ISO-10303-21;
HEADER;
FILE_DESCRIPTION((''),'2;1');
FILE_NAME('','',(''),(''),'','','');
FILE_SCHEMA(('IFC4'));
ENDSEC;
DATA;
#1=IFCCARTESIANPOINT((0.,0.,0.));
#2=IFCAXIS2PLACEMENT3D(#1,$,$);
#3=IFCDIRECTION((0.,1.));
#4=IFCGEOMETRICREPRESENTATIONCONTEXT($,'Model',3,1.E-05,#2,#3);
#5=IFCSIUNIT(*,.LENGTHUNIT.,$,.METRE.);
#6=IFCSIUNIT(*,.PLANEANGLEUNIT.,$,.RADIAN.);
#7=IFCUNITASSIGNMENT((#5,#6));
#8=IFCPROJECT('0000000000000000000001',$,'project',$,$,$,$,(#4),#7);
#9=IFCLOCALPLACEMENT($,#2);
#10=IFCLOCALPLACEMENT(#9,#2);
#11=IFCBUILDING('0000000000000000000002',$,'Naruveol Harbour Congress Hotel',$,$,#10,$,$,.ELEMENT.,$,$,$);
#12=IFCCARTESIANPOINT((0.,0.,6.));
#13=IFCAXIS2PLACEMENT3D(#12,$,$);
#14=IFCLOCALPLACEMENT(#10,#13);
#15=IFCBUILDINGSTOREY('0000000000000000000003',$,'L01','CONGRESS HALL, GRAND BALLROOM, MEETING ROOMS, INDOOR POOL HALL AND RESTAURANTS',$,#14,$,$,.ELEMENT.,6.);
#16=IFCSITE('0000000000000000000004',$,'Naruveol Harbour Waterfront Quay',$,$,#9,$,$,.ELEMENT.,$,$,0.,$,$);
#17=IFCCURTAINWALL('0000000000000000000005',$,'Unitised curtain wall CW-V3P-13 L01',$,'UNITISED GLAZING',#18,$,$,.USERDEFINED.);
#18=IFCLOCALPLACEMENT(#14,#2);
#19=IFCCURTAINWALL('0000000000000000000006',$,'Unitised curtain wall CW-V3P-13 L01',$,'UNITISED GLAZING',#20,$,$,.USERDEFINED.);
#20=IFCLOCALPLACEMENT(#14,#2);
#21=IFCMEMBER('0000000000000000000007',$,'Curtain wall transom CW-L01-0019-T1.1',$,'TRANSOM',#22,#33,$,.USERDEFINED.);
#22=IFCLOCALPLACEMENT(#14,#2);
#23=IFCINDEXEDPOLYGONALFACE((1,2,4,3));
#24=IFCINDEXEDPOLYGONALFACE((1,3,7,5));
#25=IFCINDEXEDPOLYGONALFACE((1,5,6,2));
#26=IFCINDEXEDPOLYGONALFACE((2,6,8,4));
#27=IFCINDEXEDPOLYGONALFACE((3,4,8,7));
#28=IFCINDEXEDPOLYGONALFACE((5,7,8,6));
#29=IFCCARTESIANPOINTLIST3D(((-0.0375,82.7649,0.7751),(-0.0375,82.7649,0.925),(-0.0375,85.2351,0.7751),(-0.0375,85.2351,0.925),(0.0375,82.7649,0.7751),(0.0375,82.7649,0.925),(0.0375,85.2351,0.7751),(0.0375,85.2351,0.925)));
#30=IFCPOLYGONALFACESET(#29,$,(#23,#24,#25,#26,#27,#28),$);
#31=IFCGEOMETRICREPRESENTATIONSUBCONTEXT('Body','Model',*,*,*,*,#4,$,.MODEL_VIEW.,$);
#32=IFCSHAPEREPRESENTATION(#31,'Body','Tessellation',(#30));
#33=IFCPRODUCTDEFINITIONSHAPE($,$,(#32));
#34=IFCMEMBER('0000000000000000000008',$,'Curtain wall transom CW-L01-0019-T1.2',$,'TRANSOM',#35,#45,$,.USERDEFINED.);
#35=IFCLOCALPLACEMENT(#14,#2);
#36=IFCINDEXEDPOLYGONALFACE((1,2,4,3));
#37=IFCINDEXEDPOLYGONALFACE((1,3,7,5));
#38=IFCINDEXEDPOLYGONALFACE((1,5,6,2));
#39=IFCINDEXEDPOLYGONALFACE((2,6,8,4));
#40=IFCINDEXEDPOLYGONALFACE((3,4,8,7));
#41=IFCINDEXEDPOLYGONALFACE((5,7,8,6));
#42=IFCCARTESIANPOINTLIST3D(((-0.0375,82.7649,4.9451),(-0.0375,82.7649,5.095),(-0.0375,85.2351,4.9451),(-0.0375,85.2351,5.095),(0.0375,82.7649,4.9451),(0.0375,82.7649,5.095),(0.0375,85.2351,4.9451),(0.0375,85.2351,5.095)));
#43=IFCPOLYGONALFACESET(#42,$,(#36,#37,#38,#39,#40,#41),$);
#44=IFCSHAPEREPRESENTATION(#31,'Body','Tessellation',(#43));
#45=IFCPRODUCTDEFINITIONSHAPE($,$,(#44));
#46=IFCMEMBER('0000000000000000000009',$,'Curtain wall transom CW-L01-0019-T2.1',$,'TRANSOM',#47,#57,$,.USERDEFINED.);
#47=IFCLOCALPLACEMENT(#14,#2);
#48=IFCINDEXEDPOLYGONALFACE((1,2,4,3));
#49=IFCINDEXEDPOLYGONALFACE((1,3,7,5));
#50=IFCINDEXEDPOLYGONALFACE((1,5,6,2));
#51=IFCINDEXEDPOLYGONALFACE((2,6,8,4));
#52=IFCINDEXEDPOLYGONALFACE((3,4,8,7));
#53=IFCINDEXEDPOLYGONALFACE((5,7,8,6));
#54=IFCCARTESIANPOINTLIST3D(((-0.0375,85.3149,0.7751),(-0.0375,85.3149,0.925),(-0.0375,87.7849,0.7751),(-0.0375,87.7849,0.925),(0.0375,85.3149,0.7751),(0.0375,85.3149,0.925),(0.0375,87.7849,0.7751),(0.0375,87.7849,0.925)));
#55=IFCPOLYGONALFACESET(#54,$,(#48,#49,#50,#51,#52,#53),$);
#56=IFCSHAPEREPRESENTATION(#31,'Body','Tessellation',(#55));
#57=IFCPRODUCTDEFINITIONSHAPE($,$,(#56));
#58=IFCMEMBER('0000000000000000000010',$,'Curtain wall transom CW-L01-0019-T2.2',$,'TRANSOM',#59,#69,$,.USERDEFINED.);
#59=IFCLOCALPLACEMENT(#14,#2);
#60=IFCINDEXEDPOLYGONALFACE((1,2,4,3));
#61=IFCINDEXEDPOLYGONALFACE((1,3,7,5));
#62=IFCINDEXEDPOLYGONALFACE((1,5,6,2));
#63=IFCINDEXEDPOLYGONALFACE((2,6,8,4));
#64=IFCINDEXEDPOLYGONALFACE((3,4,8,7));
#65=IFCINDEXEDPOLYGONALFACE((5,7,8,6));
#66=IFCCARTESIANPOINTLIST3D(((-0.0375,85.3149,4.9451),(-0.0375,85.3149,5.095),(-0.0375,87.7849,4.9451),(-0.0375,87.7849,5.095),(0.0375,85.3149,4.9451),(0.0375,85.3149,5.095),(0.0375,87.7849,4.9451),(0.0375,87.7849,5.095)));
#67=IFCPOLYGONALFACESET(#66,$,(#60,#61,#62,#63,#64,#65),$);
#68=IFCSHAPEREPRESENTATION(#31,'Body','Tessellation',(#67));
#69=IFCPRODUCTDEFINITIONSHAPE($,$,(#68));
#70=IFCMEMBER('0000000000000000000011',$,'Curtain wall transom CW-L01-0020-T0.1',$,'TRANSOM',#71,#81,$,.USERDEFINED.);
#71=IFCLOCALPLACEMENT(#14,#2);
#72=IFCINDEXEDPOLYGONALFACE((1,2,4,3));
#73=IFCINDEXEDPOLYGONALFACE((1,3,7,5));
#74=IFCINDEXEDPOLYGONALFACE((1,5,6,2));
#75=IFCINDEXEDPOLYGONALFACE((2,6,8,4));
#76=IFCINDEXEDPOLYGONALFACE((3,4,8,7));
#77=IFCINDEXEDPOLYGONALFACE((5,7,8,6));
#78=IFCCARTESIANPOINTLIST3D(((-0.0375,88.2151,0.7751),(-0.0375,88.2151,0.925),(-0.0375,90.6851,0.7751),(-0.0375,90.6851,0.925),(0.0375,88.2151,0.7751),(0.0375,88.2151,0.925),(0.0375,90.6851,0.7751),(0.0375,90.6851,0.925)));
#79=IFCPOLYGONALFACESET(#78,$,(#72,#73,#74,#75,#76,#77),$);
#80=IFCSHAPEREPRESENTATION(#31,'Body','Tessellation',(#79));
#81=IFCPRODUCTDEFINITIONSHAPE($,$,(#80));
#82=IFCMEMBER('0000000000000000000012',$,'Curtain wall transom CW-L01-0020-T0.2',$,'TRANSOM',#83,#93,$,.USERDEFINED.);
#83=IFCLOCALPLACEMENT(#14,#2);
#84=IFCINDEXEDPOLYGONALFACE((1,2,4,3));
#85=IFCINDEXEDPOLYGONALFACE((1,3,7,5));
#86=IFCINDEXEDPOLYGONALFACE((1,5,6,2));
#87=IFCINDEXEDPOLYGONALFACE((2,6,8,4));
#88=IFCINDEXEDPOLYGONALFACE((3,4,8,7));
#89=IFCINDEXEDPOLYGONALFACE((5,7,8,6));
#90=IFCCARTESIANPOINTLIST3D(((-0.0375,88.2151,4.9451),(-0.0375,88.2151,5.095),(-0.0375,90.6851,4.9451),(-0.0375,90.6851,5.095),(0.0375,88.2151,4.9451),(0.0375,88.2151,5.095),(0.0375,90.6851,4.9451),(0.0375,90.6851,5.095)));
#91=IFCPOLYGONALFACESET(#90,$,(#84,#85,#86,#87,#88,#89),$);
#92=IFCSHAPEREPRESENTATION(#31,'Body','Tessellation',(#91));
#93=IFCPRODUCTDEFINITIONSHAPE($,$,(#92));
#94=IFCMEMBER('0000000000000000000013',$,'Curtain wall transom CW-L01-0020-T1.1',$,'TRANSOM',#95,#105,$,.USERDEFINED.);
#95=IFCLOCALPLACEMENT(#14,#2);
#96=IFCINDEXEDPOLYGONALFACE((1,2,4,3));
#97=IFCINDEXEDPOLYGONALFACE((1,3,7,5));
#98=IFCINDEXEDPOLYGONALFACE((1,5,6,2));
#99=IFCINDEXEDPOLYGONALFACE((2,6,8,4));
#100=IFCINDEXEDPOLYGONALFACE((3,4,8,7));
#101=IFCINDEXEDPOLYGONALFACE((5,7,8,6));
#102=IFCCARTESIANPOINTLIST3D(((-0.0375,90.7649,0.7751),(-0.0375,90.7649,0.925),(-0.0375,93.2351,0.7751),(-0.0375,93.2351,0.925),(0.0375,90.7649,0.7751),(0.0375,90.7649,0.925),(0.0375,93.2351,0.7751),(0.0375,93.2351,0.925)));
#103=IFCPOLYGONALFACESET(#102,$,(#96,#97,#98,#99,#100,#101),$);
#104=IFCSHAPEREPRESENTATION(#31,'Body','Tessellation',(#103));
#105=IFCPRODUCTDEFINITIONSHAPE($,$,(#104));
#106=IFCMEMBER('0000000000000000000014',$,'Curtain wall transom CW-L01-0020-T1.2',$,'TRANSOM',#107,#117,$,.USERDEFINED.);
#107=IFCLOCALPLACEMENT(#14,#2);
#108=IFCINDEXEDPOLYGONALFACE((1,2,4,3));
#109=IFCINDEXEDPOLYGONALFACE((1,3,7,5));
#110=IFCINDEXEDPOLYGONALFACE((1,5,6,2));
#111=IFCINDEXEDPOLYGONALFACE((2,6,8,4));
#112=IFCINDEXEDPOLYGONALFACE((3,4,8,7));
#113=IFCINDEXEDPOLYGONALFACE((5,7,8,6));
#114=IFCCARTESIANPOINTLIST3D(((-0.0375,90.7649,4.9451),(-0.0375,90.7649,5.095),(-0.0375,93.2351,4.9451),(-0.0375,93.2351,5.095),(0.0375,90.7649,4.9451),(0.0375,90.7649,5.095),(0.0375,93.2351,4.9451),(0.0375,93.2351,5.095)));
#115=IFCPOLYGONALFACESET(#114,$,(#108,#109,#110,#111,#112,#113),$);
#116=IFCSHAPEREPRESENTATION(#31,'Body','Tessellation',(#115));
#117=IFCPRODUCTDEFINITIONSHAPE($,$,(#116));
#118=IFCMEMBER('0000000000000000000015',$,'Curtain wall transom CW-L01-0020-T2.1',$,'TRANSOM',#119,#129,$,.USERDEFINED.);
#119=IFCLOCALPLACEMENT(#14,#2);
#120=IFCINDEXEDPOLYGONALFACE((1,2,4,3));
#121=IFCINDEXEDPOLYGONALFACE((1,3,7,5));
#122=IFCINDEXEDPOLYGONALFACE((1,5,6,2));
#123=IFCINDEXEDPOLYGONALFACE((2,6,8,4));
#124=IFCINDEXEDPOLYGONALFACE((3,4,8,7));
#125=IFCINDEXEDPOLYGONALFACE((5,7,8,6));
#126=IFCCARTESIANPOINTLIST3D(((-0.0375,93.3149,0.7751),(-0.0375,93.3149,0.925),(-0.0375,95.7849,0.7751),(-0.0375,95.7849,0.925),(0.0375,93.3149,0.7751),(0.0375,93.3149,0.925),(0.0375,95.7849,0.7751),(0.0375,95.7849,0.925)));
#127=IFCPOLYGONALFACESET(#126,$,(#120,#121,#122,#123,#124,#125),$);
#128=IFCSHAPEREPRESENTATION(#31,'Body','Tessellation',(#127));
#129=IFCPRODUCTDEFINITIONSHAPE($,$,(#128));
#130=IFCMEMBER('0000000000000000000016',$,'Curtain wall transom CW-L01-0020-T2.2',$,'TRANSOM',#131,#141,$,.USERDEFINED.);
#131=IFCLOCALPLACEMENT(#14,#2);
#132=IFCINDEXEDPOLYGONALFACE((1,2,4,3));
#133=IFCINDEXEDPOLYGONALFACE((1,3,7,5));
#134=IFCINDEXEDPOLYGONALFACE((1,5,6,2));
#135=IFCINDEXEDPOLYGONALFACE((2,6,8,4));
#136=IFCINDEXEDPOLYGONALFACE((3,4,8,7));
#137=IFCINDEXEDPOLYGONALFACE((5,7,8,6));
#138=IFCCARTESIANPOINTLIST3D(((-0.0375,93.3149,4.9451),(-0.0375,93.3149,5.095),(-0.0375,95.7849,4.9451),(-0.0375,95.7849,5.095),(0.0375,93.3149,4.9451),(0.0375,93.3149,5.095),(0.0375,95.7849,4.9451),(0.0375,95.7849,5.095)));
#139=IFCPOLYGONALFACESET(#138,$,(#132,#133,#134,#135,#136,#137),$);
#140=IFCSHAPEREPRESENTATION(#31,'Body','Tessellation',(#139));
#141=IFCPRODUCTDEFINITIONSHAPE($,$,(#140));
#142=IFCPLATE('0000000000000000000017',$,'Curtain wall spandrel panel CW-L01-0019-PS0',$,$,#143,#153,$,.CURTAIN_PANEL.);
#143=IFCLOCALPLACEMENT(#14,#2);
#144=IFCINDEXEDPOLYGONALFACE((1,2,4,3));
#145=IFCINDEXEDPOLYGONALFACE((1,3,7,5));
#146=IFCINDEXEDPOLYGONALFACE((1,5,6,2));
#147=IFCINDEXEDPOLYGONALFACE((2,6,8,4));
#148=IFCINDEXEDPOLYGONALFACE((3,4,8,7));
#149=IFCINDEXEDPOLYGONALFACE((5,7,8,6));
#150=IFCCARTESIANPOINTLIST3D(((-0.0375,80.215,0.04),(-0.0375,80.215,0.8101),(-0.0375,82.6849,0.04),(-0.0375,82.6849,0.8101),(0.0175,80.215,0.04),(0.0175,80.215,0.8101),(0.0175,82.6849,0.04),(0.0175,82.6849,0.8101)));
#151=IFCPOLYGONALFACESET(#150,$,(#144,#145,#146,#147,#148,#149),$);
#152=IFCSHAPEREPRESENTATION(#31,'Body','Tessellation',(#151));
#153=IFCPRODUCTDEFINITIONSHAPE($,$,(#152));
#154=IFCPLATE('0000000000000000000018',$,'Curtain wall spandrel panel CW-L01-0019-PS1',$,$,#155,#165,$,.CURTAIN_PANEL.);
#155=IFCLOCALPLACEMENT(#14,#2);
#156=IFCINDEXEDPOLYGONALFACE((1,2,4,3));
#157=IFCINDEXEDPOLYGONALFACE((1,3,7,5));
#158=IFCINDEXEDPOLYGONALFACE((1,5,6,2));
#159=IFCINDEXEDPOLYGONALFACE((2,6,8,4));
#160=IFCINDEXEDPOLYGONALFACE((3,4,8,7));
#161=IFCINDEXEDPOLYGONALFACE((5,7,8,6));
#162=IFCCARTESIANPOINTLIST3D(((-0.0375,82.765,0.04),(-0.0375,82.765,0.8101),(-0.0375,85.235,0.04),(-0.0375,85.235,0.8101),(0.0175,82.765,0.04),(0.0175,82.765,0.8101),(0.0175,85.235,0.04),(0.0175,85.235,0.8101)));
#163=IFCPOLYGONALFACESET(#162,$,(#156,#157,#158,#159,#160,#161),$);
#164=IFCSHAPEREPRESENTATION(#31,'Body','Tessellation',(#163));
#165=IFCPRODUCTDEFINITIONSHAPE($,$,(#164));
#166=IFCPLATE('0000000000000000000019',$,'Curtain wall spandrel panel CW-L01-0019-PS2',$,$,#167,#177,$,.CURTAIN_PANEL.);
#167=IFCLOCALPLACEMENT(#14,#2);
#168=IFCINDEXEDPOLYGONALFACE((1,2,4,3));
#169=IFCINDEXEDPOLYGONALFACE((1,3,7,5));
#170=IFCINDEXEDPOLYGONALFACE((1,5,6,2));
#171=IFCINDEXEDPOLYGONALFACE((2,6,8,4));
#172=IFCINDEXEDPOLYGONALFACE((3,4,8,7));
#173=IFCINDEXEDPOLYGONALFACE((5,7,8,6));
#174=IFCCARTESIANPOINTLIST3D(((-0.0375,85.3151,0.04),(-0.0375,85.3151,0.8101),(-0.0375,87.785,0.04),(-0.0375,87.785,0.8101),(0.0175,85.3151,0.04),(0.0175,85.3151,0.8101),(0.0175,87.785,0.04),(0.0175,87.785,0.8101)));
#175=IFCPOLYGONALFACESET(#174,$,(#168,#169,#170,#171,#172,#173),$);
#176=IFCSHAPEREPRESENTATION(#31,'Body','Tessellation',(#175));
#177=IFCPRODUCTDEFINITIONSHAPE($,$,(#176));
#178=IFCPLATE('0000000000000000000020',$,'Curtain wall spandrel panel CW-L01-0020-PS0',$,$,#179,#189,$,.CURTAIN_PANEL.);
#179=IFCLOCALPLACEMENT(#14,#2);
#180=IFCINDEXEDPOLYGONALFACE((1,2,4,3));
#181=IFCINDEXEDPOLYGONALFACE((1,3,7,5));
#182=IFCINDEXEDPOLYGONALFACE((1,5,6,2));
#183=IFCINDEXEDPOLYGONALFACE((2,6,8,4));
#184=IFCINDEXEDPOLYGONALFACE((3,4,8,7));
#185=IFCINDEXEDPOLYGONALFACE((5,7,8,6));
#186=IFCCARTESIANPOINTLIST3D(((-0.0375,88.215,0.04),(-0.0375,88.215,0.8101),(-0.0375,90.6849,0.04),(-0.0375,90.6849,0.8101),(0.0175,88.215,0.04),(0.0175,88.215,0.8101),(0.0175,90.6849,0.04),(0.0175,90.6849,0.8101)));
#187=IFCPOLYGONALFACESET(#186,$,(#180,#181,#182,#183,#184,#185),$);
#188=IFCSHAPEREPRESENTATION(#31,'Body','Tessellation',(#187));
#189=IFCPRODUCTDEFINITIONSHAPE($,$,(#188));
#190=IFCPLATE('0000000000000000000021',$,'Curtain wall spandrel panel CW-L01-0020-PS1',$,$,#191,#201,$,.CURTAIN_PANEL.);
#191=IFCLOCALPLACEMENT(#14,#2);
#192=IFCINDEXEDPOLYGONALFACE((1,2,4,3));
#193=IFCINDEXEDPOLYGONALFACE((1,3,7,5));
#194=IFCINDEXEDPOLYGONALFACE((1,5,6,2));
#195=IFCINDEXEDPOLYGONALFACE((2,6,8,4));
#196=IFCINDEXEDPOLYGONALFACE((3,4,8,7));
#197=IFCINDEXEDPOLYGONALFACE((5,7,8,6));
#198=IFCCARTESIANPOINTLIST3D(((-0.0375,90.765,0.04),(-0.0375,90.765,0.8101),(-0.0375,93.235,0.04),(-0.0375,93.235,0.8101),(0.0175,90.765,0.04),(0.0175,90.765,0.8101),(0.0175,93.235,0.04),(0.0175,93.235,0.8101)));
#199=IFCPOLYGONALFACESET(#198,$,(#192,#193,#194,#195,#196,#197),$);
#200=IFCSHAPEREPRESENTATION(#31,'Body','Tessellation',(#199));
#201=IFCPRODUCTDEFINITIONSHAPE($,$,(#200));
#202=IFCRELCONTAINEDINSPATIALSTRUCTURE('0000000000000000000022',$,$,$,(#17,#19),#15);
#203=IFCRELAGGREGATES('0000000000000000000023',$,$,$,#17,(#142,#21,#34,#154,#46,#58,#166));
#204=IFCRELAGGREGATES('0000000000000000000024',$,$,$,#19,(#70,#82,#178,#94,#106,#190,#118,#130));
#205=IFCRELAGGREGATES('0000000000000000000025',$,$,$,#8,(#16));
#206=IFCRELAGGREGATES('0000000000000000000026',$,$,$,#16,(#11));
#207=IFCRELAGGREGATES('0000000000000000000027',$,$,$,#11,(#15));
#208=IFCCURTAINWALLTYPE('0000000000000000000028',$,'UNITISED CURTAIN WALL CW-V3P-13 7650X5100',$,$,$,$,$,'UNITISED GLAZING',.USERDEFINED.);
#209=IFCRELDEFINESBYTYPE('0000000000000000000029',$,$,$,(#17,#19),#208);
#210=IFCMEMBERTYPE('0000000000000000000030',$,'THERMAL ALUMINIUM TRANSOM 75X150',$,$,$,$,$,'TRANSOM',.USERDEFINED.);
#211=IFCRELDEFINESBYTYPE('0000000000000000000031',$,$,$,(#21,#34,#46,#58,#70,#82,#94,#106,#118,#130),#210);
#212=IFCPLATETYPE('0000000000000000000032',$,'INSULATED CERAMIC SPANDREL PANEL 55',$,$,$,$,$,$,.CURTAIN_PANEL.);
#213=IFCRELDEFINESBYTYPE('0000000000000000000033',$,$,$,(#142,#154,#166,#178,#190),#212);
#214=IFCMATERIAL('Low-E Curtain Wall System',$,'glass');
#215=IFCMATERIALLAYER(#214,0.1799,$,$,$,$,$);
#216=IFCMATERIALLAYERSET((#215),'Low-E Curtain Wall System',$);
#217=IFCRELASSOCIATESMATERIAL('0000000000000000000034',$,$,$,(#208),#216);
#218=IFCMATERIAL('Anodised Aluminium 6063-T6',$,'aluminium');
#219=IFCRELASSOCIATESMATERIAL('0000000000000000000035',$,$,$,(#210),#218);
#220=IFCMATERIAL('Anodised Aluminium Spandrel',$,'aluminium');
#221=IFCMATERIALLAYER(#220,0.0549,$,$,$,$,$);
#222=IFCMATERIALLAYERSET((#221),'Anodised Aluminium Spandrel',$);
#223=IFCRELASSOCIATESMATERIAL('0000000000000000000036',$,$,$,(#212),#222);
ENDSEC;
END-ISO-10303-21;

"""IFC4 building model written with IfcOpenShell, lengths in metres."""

from ifc_helpers import new_model, si_unit, direction, frame, origin, origin_2d, place, context, subcontext, project, spatial, rectangle, extrude, material, layer, layer_set, material_profile, profile_set, type_object, element, aggregate, save


model = new_model("IFC4")

# Units and contexts
model_context = context("Model", 3, precision=1e-05, world=origin(), true_north=direction((0.0, 1.0)))
body_context = subcontext(model_context, "Body", "Model", "MODEL_VIEW")
ifc_project = project(units=[si_unit("LENGTHUNIT", "METRE"), si_unit("PLANEANGLEUNIT", "RADIAN")], contexts=[model_context])

# Site, building, storey
site_placement = place(None, origin())
site = spatial("IfcSite", under=ifc_project, at=site_placement, Name="Naruveol Harbour Waterfront Quay", CompositionType="ELEMENT", RefElevation=0.0)
building_placement = place(site_placement, origin())
building = spatial("IfcBuilding", under=site, at=building_placement, Name="Naruveol Harbour Congress Hotel", CompositionType="ELEMENT")
storey_placement = place(building_placement, frame((0.0, 0.0, 6.0)))
storey = spatial("IfcBuildingStorey", under=building, at=storey_placement, Name="L01", Description="CONGRESS HALL, GRAND BALLROOM, MEETING ROOMS, INDOOR POOL HALL AND RESTAURANTS", CompositionType="ELEMENT", Elevation=6.0)

# Curtain walls
ifc_material_1 = material(Name="Low-E Curtain Wall System", Category="glass")
ifc_layer_1 = layer(ifc_material_1, 0.1799)
ifc_layer_set_1 = layer_set([ifc_layer_1], Name="Low-E Curtain Wall System")
curtain_wall_type = type_object("IfcCurtainWallType", Name="UNITISED CURTAIN WALL CW-V3P-13 7650X5100", ElementType="UNITISED GLAZING", PredefinedType="USERDEFINED", material=ifc_layer_set_1)
curtain_wall_1_placement = place(storey_placement, origin())
curtain_wall_1 = element("IfcCurtainWall", 1, at=curtain_wall_1_placement, inside=storey, type_object=curtain_wall_type, Name="Unitised curtain wall CW-V3P-13 L01", ObjectType="UNITISED GLAZING", PredefinedType="USERDEFINED")
curtain_wall_2_placement = place(storey_placement, origin())
curtain_wall_2 = element("IfcCurtainWall", 2, at=curtain_wall_2_placement, inside=storey, type_object=curtain_wall_type, Name="Unitised curtain wall CW-V3P-13 L01", ObjectType="UNITISED GLAZING", PredefinedType="USERDEFINED")

# Members
ifc_material_2 = material(Name="Anodised Aluminium 6063-T6", Category="aluminium")
ifc_material_profile_1 = material_profile(ifc_material_2, rectangle(XDim=0.075, YDim=0.1499, at=origin_2d()), Name="ALU-75x150")
ifc_profile_set_1 = profile_set([ifc_material_profile_1], Name="Anodised Aluminium 6063-T6")
member_type_1 = type_object("IfcMemberType", Name="THERMAL ALUMINIUM TRANSOM 75X150", ElementType="TRANSOM", PredefinedType="USERDEFINED", material=ifc_profile_set_1)
member_1_placement = place(storey_placement, frame((0.0, 82.7649, 0.8501), z_axis=(0.0, 1.0, 0.0), x_axis=(-1.0, 0.0, 0.0)))
member_1 = element("IfcMember", 3, at=member_1_placement, type_object=member_type_1, Name="Curtain wall transom CW-L01-0019-T1.1", ObjectType="TRANSOM", PredefinedType="USERDEFINED", context=body_context, shape_type="SweptSolid", body=[
    extrude(rectangle(XDim=0.075, YDim=0.1499, at=origin_2d()), origin(), (0.0, 0.0, 1.0), 2.4702),
])
member_2_placement = place(storey_placement, frame((0.0, 82.7649, 5.02), z_axis=(0.0, 1.0, 0.0), x_axis=(-1.0, 0.0, 0.0)))
member_2 = element("IfcMember", 4, at=member_2_placement, type_object=member_type_1, Name="Curtain wall transom CW-L01-0019-T1.2", ObjectType="TRANSOM", PredefinedType="USERDEFINED", context=body_context, shape_type="SweptSolid", body=[
    extrude(rectangle(XDim=0.075, YDim=0.1499, at=origin_2d()), origin(), (0.0, 0.0, 1.0), 2.4702),
])
member_3_placement = place(storey_placement, frame((0.0, 85.3149, 0.8501), z_axis=(0.0, 1.0, 0.0), x_axis=(-1.0, 0.0, 0.0)))
member_3 = element("IfcMember", 5, at=member_3_placement, type_object=member_type_1, Name="Curtain wall transom CW-L01-0019-T2.1", ObjectType="TRANSOM", PredefinedType="USERDEFINED", context=body_context, shape_type="SweptSolid", body=[
    extrude(rectangle(XDim=0.075, YDim=0.1499, at=origin_2d()), origin(), (0.0, 0.0, 1.0), 2.47),
])
member_4_placement = place(storey_placement, frame((0.0, 85.3149, 5.02), z_axis=(0.0, 1.0, 0.0), x_axis=(-1.0, 0.0, 0.0)))
member_4 = element("IfcMember", 6, at=member_4_placement, type_object=member_type_1, Name="Curtain wall transom CW-L01-0019-T2.2", ObjectType="TRANSOM", PredefinedType="USERDEFINED", context=body_context, shape_type="SweptSolid", body=[
    extrude(rectangle(XDim=0.075, YDim=0.1499, at=origin_2d()), origin(), (0.0, 0.0, 1.0), 2.47),
])
member_5_placement = place(storey_placement, frame((0.0, 88.2151, 0.8501), z_axis=(0.0, 1.0, 0.0), x_axis=(-1.0, 0.0, 0.0)))
member_5 = element("IfcMember", 7, at=member_5_placement, type_object=member_type_1, Name="Curtain wall transom CW-L01-0020-T0.1", ObjectType="TRANSOM", PredefinedType="USERDEFINED", context=body_context, shape_type="SweptSolid", body=[
    extrude(rectangle(XDim=0.075, YDim=0.1499, at=origin_2d()), origin(), (0.0, 0.0, 1.0), 2.47),
])
member_6_placement = place(storey_placement, frame((0.0, 88.2151, 5.02), z_axis=(0.0, 1.0, 0.0), x_axis=(-1.0, 0.0, 0.0)))
member_6 = element("IfcMember", 8, at=member_6_placement, type_object=member_type_1, Name="Curtain wall transom CW-L01-0020-T0.2", ObjectType="TRANSOM", PredefinedType="USERDEFINED", context=body_context, shape_type="SweptSolid", body=[
    extrude(rectangle(XDim=0.075, YDim=0.1499, at=origin_2d()), origin(), (0.0, 0.0, 1.0), 2.47),
])
member_7_placement = place(storey_placement, frame((0.0, 90.7649, 0.8501), z_axis=(0.0, 1.0, 0.0), x_axis=(-1.0, 0.0, 0.0)))
member_7 = element("IfcMember", 9, at=member_7_placement, type_object=member_type_1, Name="Curtain wall transom CW-L01-0020-T1.1", ObjectType="TRANSOM", PredefinedType="USERDEFINED", context=body_context, shape_type="SweptSolid", body=[
    extrude(rectangle(XDim=0.075, YDim=0.1499, at=origin_2d()), origin(), (0.0, 0.0, 1.0), 2.4702),
])
member_8_placement = place(storey_placement, frame((0.0, 90.7649, 5.02), z_axis=(0.0, 1.0, 0.0), x_axis=(-1.0, 0.0, 0.0)))
member_8 = element("IfcMember", 10, at=member_8_placement, type_object=member_type_1, Name="Curtain wall transom CW-L01-0020-T1.2", ObjectType="TRANSOM", PredefinedType="USERDEFINED", context=body_context, shape_type="SweptSolid", body=[
    extrude(rectangle(XDim=0.075, YDim=0.1499, at=origin_2d()), origin(), (0.0, 0.0, 1.0), 2.4702),
])
member_9_placement = place(storey_placement, frame((0.0, 93.3149, 0.8501), z_axis=(0.0, 1.0, 0.0), x_axis=(-1.0, 0.0, 0.0)))
member_9 = element("IfcMember", 11, at=member_9_placement, type_object=member_type_1, Name="Curtain wall transom CW-L01-0020-T2.1", ObjectType="TRANSOM", PredefinedType="USERDEFINED", context=body_context, shape_type="SweptSolid", body=[
    extrude(rectangle(XDim=0.075, YDim=0.1499, at=origin_2d()), origin(), (0.0, 0.0, 1.0), 2.47),
])
member_10_placement = place(storey_placement, frame((0.0, 93.3149, 5.02), z_axis=(0.0, 1.0, 0.0), x_axis=(-1.0, 0.0, 0.0)))
member_10 = element("IfcMember", 12, at=member_10_placement, type_object=member_type_1, Name="Curtain wall transom CW-L01-0020-T2.2", ObjectType="TRANSOM", PredefinedType="USERDEFINED", context=body_context, shape_type="SweptSolid", body=[
    extrude(rectangle(XDim=0.075, YDim=0.1499, at=origin_2d()), origin(), (0.0, 0.0, 1.0), 2.47),
])

# Plates
ifc_material_3 = material(Name="Anodised Aluminium Spandrel", Category="aluminium")
ifc_layer_2 = layer(ifc_material_3, 0.0549)
ifc_layer_set_2 = layer_set([ifc_layer_2], Name="Anodised Aluminium Spandrel")
plate_type_1 = type_object("IfcPlateType", Name="INSULATED CERAMIC SPANDREL PANEL 55", PredefinedType="CURTAIN_PANEL", material=ifc_layer_set_2)
plate_1_placement = place(storey_placement, frame((-0.01, 81.45, 0.04), z_axis=(0.0, 0.0, 1.0), x_axis=(0.0, 1.0, 0.0)))
plate_1 = element("IfcPlate", 13, at=plate_1_placement, type_object=plate_type_1, Name="Curtain wall spandrel panel CW-L01-0019-PS0", PredefinedType="CURTAIN_PANEL", context=body_context, shape_type="SweptSolid", body=[
    extrude(rectangle(XDim=2.47, YDim=0.0549, at=origin_2d()), origin(), (0.0, 0.0, 1.0), 0.77),
])
plate_2_placement = place(storey_placement, frame((-0.01, 84.0, 0.04), z_axis=(0.0, 0.0, 1.0), x_axis=(0.0, 1.0, 0.0)))
plate_2 = element("IfcPlate", 14, at=plate_2_placement, type_object=plate_type_1, Name="Curtain wall spandrel panel CW-L01-0019-PS1", PredefinedType="CURTAIN_PANEL", context=body_context, shape_type="SweptSolid", body=[
    extrude(rectangle(XDim=2.47, YDim=0.0549, at=origin_2d()), origin(), (0.0, 0.0, 1.0), 0.77),
])
plate_3_placement = place(storey_placement, frame((-0.01, 86.55, 0.04), z_axis=(0.0, 0.0, 1.0), x_axis=(0.0, 1.0, 0.0)))
plate_3 = element("IfcPlate", 15, at=plate_3_placement, type_object=plate_type_1, Name="Curtain wall spandrel panel CW-L01-0019-PS2", PredefinedType="CURTAIN_PANEL", context=body_context, shape_type="SweptSolid", body=[
    extrude(rectangle(XDim=2.47, YDim=0.0549, at=origin_2d()), origin(), (0.0, 0.0, 1.0), 0.77),
])
plate_4_placement = place(storey_placement, frame((-0.01, 89.45, 0.04), z_axis=(0.0, 0.0, 1.0), x_axis=(0.0, 1.0, 0.0)))
plate_4 = element("IfcPlate", 16, at=plate_4_placement, type_object=plate_type_1, Name="Curtain wall spandrel panel CW-L01-0020-PS0", PredefinedType="CURTAIN_PANEL", context=body_context, shape_type="SweptSolid", body=[
    extrude(rectangle(XDim=2.47, YDim=0.0549, at=origin_2d()), origin(), (0.0, 0.0, 1.0), 0.77),
])
plate_5_placement = place(storey_placement, frame((-0.01, 92.0, 0.04), z_axis=(0.0, 0.0, 1.0), x_axis=(0.0, 1.0, 0.0)))
plate_5 = element("IfcPlate", 17, at=plate_5_placement, type_object=plate_type_1, Name="Curtain wall spandrel panel CW-L01-0020-PS1", PredefinedType="CURTAIN_PANEL", context=body_context, shape_type="SweptSolid", body=[
    extrude(rectangle(XDim=2.47, YDim=0.0549, at=origin_2d()), origin(), (0.0, 0.0, 1.0), 0.77),
])
aggregate(curtain_wall_1, [plate_1, member_1, member_2, plate_2, member_3, member_4, plate_3])
aggregate(curtain_wall_2, [member_5, member_6, plate_4, member_7, member_8, plate_5, member_9, member_10])

save(model, "model.ifc")
